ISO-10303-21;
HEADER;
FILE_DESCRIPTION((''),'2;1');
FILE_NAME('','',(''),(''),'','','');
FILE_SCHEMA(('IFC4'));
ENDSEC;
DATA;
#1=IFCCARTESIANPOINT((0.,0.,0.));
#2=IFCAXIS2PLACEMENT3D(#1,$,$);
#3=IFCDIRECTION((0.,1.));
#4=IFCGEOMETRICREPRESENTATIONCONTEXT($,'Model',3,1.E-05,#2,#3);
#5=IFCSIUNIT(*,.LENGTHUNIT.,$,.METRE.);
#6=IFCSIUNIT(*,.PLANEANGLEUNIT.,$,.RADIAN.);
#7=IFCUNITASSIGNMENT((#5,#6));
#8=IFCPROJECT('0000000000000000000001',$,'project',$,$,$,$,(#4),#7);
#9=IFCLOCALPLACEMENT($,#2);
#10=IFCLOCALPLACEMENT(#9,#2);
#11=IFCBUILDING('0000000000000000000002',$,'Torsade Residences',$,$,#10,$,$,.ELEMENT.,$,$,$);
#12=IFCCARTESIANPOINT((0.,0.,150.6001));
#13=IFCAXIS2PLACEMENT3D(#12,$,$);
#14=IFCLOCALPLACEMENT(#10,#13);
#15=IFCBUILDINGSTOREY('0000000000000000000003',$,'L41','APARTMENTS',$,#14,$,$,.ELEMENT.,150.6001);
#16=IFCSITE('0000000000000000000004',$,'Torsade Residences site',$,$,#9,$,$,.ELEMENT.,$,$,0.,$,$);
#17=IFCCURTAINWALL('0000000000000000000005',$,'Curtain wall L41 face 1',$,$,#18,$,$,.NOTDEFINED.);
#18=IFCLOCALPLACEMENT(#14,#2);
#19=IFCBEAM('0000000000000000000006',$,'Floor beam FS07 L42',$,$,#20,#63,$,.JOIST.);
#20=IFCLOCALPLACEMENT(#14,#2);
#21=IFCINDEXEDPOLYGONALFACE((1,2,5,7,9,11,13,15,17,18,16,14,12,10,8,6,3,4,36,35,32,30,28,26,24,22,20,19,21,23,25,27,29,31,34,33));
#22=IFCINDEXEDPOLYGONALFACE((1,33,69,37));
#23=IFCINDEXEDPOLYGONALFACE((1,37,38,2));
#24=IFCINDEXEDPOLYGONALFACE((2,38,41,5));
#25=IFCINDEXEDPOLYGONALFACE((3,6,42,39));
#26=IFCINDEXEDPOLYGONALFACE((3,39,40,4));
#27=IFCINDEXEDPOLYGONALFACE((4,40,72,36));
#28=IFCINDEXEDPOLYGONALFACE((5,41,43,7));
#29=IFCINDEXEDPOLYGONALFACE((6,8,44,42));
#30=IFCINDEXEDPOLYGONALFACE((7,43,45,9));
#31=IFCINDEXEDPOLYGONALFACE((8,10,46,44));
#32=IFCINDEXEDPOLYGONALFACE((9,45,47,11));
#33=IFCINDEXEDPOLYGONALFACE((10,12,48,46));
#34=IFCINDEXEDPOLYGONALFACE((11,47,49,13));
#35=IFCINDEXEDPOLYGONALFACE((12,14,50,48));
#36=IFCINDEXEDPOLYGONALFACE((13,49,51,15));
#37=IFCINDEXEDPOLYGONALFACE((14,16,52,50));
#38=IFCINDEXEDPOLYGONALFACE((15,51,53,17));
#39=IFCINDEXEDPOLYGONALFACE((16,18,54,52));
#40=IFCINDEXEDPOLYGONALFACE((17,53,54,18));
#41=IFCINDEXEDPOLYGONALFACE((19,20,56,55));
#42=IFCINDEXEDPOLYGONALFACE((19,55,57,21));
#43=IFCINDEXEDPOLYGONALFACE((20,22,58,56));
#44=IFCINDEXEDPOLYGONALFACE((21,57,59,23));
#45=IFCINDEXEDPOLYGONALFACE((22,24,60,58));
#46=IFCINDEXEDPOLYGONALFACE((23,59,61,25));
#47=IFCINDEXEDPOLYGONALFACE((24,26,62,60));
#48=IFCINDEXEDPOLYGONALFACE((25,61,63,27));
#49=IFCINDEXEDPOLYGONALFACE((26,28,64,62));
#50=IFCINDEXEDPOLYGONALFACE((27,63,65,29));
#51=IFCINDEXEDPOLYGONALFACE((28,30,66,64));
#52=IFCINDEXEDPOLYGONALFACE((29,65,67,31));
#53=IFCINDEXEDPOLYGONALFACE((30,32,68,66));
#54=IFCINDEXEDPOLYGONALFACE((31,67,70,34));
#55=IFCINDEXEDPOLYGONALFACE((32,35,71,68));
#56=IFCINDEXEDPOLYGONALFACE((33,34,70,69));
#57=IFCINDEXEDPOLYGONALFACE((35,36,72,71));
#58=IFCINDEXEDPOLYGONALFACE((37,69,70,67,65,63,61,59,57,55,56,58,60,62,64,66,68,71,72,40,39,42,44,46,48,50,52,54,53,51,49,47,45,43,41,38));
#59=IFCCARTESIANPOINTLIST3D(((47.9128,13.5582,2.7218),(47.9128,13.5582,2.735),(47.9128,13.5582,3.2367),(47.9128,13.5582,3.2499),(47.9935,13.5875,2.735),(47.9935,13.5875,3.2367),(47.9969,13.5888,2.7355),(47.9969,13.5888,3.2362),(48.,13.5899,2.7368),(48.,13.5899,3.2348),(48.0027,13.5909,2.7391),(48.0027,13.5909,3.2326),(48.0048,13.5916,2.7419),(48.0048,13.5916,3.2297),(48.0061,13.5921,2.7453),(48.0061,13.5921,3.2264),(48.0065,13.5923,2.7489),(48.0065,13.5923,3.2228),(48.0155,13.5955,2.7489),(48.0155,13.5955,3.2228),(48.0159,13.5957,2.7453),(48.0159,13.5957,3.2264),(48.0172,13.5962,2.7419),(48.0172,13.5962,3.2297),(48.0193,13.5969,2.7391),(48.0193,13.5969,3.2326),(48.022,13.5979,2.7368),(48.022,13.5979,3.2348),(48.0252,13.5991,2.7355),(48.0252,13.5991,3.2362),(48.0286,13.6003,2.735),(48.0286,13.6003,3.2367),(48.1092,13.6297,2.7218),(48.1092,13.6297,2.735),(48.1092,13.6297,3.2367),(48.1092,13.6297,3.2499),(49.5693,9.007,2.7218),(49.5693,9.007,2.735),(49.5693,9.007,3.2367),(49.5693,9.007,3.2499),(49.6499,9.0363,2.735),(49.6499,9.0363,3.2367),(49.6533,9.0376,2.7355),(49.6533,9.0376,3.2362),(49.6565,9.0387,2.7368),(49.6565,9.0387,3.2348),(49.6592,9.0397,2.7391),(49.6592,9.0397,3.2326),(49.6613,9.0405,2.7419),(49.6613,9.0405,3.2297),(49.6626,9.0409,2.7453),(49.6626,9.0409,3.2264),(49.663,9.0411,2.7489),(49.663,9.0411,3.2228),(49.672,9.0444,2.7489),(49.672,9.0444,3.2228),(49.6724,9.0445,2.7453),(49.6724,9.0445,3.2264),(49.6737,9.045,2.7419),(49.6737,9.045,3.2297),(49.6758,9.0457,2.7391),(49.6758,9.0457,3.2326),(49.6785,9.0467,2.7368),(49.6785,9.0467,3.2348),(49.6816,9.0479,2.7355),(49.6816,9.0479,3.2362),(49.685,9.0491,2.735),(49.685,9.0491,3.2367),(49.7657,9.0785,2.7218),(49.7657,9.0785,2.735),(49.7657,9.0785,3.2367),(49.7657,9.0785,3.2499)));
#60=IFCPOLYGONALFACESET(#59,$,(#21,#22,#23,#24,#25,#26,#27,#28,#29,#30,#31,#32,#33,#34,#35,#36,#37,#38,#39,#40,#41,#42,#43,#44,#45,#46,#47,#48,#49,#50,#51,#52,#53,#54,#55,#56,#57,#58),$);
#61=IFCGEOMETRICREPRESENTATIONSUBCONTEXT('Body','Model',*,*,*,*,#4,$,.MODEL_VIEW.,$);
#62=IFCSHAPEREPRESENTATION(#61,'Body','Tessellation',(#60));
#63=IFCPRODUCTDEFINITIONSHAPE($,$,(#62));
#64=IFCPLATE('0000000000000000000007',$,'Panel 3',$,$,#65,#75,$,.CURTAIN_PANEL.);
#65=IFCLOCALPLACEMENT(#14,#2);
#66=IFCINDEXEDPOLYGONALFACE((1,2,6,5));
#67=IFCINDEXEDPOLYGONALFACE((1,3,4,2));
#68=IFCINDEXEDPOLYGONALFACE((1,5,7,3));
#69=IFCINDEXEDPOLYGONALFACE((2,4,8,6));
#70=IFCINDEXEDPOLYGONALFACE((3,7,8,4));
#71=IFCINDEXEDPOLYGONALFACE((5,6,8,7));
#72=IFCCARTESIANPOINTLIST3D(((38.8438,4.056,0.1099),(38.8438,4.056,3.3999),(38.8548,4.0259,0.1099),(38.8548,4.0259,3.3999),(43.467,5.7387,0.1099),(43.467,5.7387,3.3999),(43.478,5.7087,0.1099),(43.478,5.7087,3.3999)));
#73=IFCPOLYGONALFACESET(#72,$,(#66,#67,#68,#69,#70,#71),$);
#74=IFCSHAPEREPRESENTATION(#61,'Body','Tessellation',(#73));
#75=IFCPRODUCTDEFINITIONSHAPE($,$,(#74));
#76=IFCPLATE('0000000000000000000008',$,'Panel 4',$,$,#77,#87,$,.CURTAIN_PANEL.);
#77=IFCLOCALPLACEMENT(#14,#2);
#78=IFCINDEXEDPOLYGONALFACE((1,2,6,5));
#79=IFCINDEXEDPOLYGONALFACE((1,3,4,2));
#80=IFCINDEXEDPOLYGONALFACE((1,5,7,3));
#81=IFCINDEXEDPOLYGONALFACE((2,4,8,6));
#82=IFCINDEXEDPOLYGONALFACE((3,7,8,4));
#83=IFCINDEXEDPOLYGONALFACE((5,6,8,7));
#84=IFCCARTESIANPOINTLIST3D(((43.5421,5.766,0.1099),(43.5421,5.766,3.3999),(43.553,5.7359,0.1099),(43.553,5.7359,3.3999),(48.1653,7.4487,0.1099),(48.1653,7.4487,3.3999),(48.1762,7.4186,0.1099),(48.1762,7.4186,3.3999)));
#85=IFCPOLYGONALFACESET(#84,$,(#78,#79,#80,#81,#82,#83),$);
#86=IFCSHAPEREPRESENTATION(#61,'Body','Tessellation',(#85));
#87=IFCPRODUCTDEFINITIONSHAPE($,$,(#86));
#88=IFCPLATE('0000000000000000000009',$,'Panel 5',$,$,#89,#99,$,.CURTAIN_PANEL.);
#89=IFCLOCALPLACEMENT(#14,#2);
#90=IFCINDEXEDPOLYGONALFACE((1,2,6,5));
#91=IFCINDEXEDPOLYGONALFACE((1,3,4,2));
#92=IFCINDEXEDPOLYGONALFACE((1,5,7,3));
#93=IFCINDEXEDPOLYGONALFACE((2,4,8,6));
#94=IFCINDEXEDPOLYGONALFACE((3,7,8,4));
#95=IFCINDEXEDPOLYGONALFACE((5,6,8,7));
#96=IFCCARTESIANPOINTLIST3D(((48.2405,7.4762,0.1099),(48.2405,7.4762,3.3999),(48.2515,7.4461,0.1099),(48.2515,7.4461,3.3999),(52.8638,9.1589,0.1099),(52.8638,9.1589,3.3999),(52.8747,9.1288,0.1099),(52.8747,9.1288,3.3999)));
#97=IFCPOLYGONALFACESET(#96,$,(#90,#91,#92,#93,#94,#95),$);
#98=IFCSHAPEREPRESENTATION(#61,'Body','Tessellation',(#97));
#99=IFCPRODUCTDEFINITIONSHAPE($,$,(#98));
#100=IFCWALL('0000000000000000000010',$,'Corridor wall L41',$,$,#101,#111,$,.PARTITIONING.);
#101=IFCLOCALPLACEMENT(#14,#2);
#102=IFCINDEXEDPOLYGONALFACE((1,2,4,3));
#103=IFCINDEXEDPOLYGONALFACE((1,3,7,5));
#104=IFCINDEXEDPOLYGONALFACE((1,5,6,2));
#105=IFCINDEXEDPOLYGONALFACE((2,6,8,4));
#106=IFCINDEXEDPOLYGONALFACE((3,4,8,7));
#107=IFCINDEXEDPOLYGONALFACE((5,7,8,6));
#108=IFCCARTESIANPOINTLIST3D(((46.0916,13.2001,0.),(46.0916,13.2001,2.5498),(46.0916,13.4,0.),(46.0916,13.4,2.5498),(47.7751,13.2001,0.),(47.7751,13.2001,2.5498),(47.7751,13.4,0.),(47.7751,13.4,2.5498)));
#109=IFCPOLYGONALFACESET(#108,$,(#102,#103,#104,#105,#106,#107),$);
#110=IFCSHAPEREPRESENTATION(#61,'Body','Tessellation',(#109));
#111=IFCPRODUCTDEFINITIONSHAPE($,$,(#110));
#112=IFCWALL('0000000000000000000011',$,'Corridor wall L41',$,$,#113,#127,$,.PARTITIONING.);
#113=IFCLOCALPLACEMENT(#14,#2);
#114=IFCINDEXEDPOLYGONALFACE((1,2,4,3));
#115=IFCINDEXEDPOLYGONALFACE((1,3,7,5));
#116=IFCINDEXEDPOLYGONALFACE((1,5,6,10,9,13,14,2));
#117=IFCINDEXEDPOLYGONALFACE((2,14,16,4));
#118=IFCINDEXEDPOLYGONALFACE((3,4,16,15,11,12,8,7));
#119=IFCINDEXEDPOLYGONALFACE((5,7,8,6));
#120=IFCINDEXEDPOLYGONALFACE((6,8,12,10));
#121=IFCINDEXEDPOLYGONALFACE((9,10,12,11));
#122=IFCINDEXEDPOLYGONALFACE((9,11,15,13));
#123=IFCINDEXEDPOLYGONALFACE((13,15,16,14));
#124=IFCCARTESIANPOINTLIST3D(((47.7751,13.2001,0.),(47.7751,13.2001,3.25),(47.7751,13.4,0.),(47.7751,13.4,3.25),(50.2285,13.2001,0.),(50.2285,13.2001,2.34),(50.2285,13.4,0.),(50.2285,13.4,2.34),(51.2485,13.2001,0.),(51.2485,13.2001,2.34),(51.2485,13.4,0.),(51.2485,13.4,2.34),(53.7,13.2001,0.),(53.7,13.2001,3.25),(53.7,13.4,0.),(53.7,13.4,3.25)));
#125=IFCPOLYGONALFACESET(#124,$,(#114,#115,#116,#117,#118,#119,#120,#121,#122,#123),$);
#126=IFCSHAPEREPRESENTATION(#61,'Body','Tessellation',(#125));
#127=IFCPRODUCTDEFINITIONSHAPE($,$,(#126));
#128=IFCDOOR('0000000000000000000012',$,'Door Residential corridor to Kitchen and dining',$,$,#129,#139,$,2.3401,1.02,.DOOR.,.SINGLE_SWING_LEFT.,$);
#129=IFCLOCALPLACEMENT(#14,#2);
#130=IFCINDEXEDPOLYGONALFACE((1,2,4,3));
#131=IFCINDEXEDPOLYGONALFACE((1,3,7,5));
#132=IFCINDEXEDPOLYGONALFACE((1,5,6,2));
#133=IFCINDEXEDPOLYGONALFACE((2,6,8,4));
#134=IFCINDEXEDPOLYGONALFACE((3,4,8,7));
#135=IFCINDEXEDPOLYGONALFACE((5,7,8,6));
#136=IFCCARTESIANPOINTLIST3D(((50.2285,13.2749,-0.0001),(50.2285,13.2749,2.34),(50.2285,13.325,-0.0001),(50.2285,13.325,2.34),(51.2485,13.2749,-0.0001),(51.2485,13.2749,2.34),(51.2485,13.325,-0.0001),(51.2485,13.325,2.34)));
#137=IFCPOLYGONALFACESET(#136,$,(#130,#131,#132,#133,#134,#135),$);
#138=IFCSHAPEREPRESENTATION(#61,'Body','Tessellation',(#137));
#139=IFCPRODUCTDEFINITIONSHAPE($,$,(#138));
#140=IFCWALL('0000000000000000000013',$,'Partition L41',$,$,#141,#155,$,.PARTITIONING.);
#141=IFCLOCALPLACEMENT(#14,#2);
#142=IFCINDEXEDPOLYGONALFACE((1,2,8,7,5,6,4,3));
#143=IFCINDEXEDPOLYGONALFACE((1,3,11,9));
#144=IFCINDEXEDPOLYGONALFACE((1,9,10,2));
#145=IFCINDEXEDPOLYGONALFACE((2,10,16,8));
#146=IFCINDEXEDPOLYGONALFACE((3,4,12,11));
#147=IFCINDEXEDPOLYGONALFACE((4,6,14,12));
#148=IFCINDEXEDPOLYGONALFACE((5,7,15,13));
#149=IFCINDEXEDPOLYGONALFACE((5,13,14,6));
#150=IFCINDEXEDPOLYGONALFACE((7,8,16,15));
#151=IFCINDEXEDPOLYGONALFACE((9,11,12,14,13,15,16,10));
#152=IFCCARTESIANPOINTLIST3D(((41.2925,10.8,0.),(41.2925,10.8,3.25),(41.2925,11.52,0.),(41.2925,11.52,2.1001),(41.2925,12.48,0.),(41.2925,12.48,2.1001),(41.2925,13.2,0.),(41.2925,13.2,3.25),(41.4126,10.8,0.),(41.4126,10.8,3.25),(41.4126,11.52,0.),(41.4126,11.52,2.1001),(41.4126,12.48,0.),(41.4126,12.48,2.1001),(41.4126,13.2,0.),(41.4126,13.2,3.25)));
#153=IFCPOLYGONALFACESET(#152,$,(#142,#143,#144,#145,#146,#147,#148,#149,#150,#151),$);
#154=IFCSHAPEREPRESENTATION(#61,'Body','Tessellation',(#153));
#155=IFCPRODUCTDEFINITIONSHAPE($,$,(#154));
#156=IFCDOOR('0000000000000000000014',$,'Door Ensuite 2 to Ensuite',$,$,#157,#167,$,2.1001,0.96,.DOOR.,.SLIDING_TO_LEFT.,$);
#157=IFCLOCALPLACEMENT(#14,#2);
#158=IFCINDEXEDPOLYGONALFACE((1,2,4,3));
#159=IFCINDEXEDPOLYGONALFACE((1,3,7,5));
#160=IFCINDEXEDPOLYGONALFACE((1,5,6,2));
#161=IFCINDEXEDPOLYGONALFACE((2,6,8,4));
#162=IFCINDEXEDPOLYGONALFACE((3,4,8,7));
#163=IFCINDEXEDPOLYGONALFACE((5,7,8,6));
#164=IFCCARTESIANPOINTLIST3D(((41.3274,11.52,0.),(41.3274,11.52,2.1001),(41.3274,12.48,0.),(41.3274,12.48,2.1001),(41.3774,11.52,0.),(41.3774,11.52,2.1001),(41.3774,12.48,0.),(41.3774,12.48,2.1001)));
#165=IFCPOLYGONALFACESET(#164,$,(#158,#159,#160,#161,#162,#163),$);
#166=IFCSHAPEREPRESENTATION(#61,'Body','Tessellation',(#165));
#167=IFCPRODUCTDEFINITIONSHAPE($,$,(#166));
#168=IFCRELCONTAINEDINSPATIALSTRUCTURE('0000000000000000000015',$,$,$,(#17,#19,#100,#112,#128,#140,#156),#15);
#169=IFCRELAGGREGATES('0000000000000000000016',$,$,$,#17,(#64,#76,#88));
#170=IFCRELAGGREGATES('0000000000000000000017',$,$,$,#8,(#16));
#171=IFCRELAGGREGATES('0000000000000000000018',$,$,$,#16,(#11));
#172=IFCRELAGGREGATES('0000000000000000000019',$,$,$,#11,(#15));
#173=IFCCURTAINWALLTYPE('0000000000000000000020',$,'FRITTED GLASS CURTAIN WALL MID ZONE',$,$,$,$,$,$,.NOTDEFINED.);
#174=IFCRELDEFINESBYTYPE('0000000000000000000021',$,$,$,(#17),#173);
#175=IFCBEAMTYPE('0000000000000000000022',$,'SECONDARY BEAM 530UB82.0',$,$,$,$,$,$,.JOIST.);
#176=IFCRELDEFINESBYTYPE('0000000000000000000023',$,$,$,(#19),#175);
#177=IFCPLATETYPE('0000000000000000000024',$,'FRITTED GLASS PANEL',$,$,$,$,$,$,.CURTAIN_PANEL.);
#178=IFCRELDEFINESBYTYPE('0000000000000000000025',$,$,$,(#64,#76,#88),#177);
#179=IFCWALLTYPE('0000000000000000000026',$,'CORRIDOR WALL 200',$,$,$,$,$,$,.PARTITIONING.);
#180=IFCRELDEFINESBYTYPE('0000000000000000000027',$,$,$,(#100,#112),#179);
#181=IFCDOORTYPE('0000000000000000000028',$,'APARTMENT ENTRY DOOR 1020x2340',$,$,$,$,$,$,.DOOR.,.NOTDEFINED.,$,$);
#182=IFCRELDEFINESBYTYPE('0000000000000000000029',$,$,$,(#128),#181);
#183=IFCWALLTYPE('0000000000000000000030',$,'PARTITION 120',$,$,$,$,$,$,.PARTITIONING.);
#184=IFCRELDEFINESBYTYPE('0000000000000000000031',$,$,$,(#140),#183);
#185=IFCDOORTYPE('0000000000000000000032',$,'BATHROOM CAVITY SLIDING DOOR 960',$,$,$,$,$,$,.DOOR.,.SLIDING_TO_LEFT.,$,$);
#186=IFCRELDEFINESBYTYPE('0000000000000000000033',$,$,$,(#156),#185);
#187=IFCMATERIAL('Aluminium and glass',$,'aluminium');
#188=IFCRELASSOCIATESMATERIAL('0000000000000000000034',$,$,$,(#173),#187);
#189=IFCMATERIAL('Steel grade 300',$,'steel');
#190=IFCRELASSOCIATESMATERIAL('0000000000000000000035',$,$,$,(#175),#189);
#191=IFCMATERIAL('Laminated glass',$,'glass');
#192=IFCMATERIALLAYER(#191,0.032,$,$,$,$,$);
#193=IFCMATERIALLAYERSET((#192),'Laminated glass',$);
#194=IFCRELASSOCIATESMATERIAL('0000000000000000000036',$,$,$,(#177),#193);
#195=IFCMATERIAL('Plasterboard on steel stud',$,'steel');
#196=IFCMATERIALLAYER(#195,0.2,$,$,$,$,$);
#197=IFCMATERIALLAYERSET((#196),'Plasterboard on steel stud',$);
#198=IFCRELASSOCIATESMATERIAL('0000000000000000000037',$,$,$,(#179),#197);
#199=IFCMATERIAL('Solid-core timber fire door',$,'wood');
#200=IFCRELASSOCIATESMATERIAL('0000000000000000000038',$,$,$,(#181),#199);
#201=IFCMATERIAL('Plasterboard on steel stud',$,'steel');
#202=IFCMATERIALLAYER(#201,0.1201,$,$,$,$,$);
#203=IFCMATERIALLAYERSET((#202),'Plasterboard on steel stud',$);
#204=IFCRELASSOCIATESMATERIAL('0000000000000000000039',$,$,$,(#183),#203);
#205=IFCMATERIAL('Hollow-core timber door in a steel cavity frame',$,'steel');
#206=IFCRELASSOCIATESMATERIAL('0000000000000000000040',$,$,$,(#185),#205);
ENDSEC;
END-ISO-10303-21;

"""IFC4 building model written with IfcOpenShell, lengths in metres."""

from ifc_helpers import new_model, si_unit, direction, frame, frame_2d, origin, origin_2d, place, context, subcontext, project, spatial, rectangle, i_section, extrude, material, layer, layer_set, material_profile, profile_set, type_object, element, fill, aggregate, save


model = new_model("IFC4")

# Units and contexts
model_context = context("Model", 3, precision=1e-05, world=origin(), true_north=direction((0.0, 1.0)))
body_context = subcontext(model_context, "Body", "Model", "MODEL_VIEW")
ifc_project = project(units=[si_unit("LENGTHUNIT", "METRE"), si_unit("PLANEANGLEUNIT", "RADIAN")], contexts=[model_context])

# Site, building, storey
site_placement = place(None, origin())
site = spatial("IfcSite", under=ifc_project, at=site_placement, Name="Torsade Residences site", CompositionType="ELEMENT", RefElevation=0.0)
building_placement = place(site_placement, origin())
building = spatial("IfcBuilding", under=site, at=building_placement, Name="Torsade Residences", CompositionType="ELEMENT")
storey_placement = place(building_placement, frame((0.0, 0.0, 150.6001)))
storey = spatial("IfcBuildingStorey", under=building, at=storey_placement, Name="L41", Description="APARTMENTS", CompositionType="ELEMENT", Elevation=150.6001)

# Curtain wall
ifc_material_1 = material(Name="Aluminium and glass", Category="aluminium")
curtain_wall_type = type_object("IfcCurtainWallType", Name="FRITTED GLASS CURTAIN WALL MID ZONE", PredefinedType="NOTDEFINED", material=ifc_material_1)
curtain_wall_placement = place(storey_placement, origin())
curtain_wall = element("IfcCurtainWall", 1, at=curtain_wall_placement, inside=storey, type_object=curtain_wall_type, Name="Curtain wall L41 face 1", PredefinedType="NOTDEFINED")

# Beam
ifc_material_2 = material(Name="Steel grade 300", Category="steel")
ifc_material_profile_1 = material_profile(ifc_material_2, i_section(OverallWidth=0.209, OverallDepth=0.5281, WebThickness=0.0095, FlangeThickness=0.0132, FilletRadius=0.0139, at=origin_2d()), Name="530UB82.0")
ifc_profile_set_1 = profile_set([ifc_material_profile_1], Name="Steel grade 300")
beam_type_1 = type_object("IfcBeamType", Name="SECONDARY BEAM 530UB82.0", PredefinedType="JOIST", material=ifc_profile_set_1)
beam_1_placement = place(storey_placement, frame((49.6675, 9.0427, 2.9858), z_axis=(-0.342014, 0.939695, 0.0), x_axis=(-0.939695, -0.342014, 0.0)))
element("IfcBeam", 2, at=beam_1_placement, inside=storey, type_object=beam_type_1, Name="Floor beam FS07 L42", PredefinedType="JOIST", context=body_context, shape_type="SweptSolid", body=[
    extrude(i_section(OverallWidth=0.209, OverallDepth=0.5281, WebThickness=0.0095, FlangeThickness=0.0132, FilletRadius=0.0139, at=origin_2d()), origin(), (0.0, 0.0, 1.0), 4.8433),
])

# Plates
ifc_material_3 = material(Name="Laminated glass", Category="glass")
ifc_layer_1 = layer(ifc_material_3, 0.032)
ifc_layer_set_1 = layer_set([ifc_layer_1], Name="Laminated glass")
plate_type = type_object("IfcPlateType", Name="FRITTED GLASS PANEL", PredefinedType="CURTAIN_PANEL", material=ifc_layer_set_1)
plate_1_placement = place(storey_placement, frame((41.1609, 4.8823, 0.1099), z_axis=(0.0, 0.0, 1.0), x_axis=(0.939693, 0.34202, 0.0)))
plate_1 = element("IfcPlate", 3, at=plate_1_placement, type_object=plate_type, Name="Panel 3", PredefinedType="CURTAIN_PANEL", context=body_context, shape_type="SweptSolid", body=[
    extrude(rectangle(XDim=4.9199, YDim=0.032, at=origin_2d()), origin(), (0.0, 0.0, 1.0), 3.29),
])
plate_2_placement = place(storey_placement, frame((45.8591, 6.5923, 0.1099), z_axis=(0.0, 0.0, 1.0), x_axis=(0.939693, 0.34202, 0.0)))
plate_2 = element("IfcPlate", 4, at=plate_2_placement, type_object=plate_type, Name="Panel 4", PredefinedType="CURTAIN_PANEL", context=body_context, shape_type="SweptSolid", body=[
    extrude(rectangle(XDim=4.9199, YDim=0.032, at=origin_2d()), origin(), (0.0, 0.0, 1.0), 3.29),
])
plate_3_placement = place(storey_placement, frame((50.5576, 8.3025, 0.1099), z_axis=(0.0, 0.0, 1.0), x_axis=(0.939693, 0.34202, 0.0)))
plate_3 = element("IfcPlate", 5, at=plate_3_placement, type_object=plate_type, Name="Panel 5", PredefinedType="CURTAIN_PANEL", context=body_context, shape_type="SweptSolid", body=[
    extrude(rectangle(XDim=4.9199, YDim=0.032, at=origin_2d()), origin(), (0.0, 0.0, 1.0), 3.29),
])
aggregate(curtain_wall, [plate_1, plate_2, plate_3])

# Wall
ifc_material_4 = material(Name="Plasterboard on steel stud", Category="steel")
ifc_layer_2 = layer(ifc_material_4, 0.2)
ifc_layer_set_2 = layer_set([ifc_layer_2], Name="Plasterboard on steel stud")
wall_type_1 = type_object("IfcWallType", Name="CORRIDOR WALL 200", PredefinedType="PARTITIONING", material=ifc_layer_set_2)
wall_1_placement = place(storey_placement, frame((46.0916, 13.3, 0.0), z_axis=(0.0, 0.0, 1.0), x_axis=(1.0, 0.0, 0.0)))
element("IfcWall", 6, at=wall_1_placement, inside=storey, type_object=wall_type_1, Name="Corridor wall L41", PredefinedType="PARTITIONING", context=body_context, shape_type="SweptSolid", body=[
    extrude(rectangle(XDim=1.6836, YDim=0.2, at=frame_2d((0.8418, 0.0))), origin(), (0.0, 0.0, 1.0), 2.5498),
])

# Walls, openings, doors
wall_2_placement = place(storey_placement, frame((47.7751, 13.3, 0.0), z_axis=(0.0, 0.0, 1.0), x_axis=(1.0, 0.0, 0.0)))
wall_2 = element("IfcWall", 7, at=wall_2_placement, inside=storey, type_object=wall_type_1, Name="Corridor wall L41", PredefinedType="PARTITIONING", context=body_context, shape_type="SweptSolid", body=[
    extrude(rectangle(XDim=5.9248, YDim=0.2, at=frame_2d((2.9624, 0.0))), origin(), (0.0, 0.0, 1.0), 3.25),
])
opening_1_placement = place(wall_2_placement, frame((2.4534, 0.0, 0.0)))
opening_1 = element("IfcOpeningElement", 8, at=opening_1_placement, cuts=wall_2, PredefinedType="OPENING", context=body_context, shape_type="SweptSolid", body=[
    extrude(rectangle(XDim=1.02, YDim=2.3401, at=frame_2d((0.51, 1.1699))), frame((0.0, 0.1099, 0.0), z_axis=(0.0, -1.0, 0.0), x_axis=(1.0, 0.0, 0.0)), (0.0, 0.0, 1.0), 0.22),
])
ifc_material_5 = material(Name="Solid-core timber fire door", Category="wood")
door_type_1 = type_object("IfcDoorType", Name="APARTMENT ENTRY DOOR 1020x2340", OperationType="NOTDEFINED", PredefinedType="DOOR", material=ifc_material_5)
door_1_placement = place(opening_1_placement, origin())
door_1 = element("IfcDoor", 9, at=door_1_placement, inside=storey, type_object=door_type_1, Name="Door Residential corridor to Kitchen and dining", OperationType="SINGLE_SWING_LEFT", OverallHeight=2.3401, OverallWidth=1.02, PredefinedType="DOOR", context=body_context, shape_type="SweptSolid", body=[
    extrude(rectangle(XDim=1.02, YDim=2.3401, at=frame_2d((0.51, 1.1699))), frame((0.0, 0.0249, 0.0), z_axis=(0.0, -1.0, 0.0), x_axis=(1.0, 0.0, 0.0)), (0.0, 0.0, 1.0), 0.05),
])
fill(opening_1, door_1)
ifc_material_6 = material(Name="Plasterboard on steel stud", Category="steel")
ifc_layer_3 = layer(ifc_material_6, 0.1201)
ifc_layer_set_3 = layer_set([ifc_layer_3], Name="Plasterboard on steel stud")
wall_type_2 = type_object("IfcWallType", Name="PARTITION 120", PredefinedType="PARTITIONING", material=ifc_layer_set_3)
wall_3_placement = place(storey_placement, frame((41.3525, 13.2, 0.0), z_axis=(0.0, 0.0, 1.0), x_axis=(0.0, -1.0, 0.0)))
wall_3 = element("IfcWall", 10, at=wall_3_placement, inside=storey, type_object=wall_type_2, Name="Partition L41", PredefinedType="PARTITIONING", context=body_context, shape_type="SweptSolid", body=[
    extrude(rectangle(XDim=2.3999, YDim=0.1201, at=frame_2d((1.2, 0.0))), origin(), (0.0, 0.0, 1.0), 3.25),
])
opening_2_placement = place(wall_3_placement, frame((0.72, 0.0, 0.0)))
opening_2 = element("IfcOpeningElement", 11, at=opening_2_placement, cuts=wall_3, PredefinedType="OPENING", context=body_context, shape_type="SweptSolid", body=[
    extrude(rectangle(XDim=0.96, YDim=2.1001, at=frame_2d((0.48, 1.05))), frame((0.0, 0.0701, 0.0), z_axis=(0.0, -1.0, 0.0), x_axis=(1.0, 0.0, 0.0)), (0.0, 0.0, 1.0), 0.1401),
])
ifc_material_7 = material(Name="Hollow-core timber door in a steel cavity frame", Category="steel")
door_type_2 = type_object("IfcDoorType", Name="BATHROOM CAVITY SLIDING DOOR 960", OperationType="SLIDING_TO_LEFT", PredefinedType="DOOR", material=ifc_material_7)
door_2_placement = place(opening_2_placement, origin())
door_2 = element("IfcDoor", 12, at=door_2_placement, inside=storey, type_object=door_type_2, Name="Door Ensuite 2 to Ensuite", OperationType="SLIDING_TO_LEFT", OverallHeight=2.1001, OverallWidth=0.96, PredefinedType="DOOR", context=body_context, shape_type="SweptSolid", body=[
    extrude(rectangle(XDim=0.96, YDim=2.1001, at=frame_2d((0.48, 1.05))), frame((0.0, 0.0249, 0.0), z_axis=(0.0, -1.0, 0.0), x_axis=(1.0, 0.0, 0.0)), (0.0, 0.0, 1.0), 0.05),
])
fill(opening_2, door_2)

save(model, "model.ifc")
